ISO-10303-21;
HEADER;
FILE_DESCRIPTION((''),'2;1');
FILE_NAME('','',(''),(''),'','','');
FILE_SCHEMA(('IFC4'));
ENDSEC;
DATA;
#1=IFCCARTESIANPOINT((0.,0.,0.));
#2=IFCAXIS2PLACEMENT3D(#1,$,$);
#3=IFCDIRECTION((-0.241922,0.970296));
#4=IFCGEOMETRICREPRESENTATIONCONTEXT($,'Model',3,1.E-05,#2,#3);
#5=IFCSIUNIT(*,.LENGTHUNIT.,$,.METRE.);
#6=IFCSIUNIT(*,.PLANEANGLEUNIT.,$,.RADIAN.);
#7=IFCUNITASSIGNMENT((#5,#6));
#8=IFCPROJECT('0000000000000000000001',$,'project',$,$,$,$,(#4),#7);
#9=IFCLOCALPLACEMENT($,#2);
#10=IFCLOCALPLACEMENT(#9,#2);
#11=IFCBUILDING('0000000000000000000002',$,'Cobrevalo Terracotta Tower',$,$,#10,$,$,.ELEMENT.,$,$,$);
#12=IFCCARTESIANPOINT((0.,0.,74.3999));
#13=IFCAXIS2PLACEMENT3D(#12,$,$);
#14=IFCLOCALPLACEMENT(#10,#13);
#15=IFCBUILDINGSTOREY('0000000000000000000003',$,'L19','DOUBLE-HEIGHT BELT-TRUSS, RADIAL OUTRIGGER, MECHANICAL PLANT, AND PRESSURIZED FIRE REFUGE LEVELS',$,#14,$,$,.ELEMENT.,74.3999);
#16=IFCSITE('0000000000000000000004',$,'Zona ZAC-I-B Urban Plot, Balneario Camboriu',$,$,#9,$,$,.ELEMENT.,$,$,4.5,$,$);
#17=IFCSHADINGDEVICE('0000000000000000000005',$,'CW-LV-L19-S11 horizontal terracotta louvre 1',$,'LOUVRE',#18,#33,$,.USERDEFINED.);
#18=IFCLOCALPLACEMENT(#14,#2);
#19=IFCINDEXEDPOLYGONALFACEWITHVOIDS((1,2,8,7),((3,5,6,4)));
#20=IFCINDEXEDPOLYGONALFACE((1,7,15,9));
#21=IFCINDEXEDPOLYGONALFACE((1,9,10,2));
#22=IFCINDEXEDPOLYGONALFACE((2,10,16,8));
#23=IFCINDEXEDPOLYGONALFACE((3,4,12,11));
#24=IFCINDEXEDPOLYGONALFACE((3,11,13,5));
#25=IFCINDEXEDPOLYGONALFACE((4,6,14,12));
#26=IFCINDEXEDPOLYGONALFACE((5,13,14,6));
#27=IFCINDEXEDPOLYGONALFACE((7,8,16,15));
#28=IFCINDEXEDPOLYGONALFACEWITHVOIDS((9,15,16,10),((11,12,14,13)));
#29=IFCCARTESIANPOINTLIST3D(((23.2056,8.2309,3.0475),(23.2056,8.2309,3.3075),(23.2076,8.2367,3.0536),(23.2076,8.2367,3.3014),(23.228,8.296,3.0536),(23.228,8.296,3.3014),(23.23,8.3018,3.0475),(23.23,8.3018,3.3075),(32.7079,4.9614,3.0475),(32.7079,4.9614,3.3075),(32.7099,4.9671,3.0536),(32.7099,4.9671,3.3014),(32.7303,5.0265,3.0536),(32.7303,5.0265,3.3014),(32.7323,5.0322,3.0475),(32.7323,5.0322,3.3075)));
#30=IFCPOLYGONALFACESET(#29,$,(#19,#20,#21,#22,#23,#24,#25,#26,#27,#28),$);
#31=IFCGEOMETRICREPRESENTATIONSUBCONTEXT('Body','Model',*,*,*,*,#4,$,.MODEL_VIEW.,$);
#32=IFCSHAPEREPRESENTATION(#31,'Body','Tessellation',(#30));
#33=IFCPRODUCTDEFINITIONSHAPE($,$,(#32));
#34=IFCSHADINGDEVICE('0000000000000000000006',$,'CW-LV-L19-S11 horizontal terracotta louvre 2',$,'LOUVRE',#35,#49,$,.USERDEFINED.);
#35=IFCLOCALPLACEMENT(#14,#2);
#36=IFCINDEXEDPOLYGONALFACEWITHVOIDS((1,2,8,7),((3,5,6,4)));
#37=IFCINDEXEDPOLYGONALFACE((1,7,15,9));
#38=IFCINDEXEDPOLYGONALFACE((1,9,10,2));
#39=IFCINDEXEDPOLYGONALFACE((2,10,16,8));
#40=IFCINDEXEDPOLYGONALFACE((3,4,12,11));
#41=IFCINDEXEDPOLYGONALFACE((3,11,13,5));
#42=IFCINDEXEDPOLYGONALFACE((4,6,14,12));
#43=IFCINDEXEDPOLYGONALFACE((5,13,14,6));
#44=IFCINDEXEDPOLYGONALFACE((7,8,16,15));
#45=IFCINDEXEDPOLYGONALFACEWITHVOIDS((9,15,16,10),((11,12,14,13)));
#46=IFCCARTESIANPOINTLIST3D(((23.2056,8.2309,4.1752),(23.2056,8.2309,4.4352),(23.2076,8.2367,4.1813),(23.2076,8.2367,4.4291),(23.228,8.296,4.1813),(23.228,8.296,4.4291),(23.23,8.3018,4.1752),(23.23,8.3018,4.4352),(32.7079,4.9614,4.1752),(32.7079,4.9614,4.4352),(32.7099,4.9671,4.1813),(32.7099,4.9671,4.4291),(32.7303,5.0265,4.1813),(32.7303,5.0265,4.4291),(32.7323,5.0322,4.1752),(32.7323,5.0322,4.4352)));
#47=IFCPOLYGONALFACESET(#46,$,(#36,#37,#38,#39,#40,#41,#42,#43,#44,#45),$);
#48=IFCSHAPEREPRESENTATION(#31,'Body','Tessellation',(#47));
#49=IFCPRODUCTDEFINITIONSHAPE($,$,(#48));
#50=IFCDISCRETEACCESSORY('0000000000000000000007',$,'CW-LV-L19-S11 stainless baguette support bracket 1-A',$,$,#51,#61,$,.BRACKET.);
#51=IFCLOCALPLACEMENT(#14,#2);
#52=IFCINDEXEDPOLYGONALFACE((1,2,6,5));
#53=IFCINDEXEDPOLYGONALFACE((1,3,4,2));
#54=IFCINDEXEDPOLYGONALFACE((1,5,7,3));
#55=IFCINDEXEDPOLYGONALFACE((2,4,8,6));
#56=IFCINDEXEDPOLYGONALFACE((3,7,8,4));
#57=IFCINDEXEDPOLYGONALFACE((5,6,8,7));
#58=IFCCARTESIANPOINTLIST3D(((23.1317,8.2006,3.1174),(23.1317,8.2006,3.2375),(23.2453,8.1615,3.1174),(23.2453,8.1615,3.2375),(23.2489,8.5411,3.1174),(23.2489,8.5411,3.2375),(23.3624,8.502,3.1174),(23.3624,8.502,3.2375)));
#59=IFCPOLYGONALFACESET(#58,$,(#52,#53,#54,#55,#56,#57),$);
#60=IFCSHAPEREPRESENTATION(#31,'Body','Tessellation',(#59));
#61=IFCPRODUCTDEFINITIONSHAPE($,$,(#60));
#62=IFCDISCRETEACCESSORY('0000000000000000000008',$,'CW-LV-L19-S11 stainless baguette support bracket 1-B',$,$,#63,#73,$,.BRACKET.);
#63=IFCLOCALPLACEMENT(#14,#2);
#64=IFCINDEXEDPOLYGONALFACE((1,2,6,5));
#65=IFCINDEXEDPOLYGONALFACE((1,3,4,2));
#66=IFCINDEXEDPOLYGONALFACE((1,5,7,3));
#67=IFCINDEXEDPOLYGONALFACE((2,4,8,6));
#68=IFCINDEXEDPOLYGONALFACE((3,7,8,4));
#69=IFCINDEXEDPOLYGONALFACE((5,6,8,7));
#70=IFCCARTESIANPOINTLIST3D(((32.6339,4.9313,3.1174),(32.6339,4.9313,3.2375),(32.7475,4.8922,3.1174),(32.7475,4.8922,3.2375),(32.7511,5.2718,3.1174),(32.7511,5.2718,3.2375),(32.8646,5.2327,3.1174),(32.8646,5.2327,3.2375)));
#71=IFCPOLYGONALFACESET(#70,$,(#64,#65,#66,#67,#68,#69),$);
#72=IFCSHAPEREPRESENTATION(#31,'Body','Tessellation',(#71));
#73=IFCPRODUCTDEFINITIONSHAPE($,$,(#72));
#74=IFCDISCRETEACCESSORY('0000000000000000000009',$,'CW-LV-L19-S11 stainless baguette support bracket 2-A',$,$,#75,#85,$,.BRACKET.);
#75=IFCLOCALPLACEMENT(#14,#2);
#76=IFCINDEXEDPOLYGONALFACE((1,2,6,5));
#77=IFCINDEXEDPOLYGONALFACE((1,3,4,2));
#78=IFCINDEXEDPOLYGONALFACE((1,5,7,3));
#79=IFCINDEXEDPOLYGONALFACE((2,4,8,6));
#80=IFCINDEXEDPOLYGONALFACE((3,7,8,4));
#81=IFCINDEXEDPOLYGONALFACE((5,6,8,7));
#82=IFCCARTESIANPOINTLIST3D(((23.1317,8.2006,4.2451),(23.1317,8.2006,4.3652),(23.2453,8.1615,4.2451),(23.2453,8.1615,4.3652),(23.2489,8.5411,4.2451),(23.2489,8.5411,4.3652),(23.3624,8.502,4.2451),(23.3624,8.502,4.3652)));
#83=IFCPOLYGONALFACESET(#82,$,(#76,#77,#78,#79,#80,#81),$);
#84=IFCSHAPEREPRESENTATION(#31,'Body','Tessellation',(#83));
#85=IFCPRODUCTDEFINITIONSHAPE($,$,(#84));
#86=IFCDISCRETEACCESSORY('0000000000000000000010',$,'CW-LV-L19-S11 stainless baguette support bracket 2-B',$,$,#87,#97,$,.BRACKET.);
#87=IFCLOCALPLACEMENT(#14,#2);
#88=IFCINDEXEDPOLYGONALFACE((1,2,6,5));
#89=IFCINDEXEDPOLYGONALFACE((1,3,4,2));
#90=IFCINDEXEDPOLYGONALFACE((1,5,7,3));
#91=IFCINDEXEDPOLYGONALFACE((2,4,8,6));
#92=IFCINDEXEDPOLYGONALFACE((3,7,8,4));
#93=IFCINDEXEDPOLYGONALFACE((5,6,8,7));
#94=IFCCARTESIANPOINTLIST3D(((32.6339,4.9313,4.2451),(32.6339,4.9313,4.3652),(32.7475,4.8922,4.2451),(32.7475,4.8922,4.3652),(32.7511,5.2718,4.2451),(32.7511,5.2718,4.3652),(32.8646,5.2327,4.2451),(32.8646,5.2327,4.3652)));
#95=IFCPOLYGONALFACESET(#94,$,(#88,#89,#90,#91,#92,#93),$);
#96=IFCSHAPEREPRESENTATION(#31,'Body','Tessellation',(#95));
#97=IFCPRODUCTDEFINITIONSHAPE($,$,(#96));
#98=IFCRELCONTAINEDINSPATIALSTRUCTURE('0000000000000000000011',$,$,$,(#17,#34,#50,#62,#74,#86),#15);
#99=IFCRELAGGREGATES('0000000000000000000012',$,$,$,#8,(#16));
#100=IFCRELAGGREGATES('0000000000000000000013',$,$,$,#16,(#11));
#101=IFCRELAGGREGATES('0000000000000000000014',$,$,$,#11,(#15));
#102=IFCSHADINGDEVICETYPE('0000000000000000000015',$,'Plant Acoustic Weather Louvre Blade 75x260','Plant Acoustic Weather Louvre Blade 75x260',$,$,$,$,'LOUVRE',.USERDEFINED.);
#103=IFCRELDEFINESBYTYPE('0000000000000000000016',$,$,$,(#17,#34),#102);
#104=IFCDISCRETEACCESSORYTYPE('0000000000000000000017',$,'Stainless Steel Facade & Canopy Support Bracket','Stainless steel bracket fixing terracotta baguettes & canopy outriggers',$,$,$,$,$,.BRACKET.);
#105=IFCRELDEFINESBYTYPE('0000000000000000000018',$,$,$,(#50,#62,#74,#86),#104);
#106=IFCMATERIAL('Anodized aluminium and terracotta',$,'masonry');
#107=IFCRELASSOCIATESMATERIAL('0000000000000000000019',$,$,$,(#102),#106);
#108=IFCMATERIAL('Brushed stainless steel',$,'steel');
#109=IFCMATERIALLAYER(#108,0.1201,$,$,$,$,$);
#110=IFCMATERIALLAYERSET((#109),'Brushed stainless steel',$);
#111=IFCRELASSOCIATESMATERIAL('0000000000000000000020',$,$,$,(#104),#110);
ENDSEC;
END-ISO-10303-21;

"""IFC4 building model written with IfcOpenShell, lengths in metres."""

from ifc_helpers import new_model, si_unit, direction, frame, origin, origin_2d, place, context, subcontext, project, spatial, rectangle, hollow_rectangle, extrude, source, transform, mapped, material, layer, layer_set, material_profile, profile_set, type_object, element, save


model = new_model("IFC4")

# Units and contexts
model_context = context("Model", 3, precision=1e-05, world=origin(), true_north=direction((-0.241922, 0.970296)))
body_context = subcontext(model_context, "Body", "Model", "MODEL_VIEW")
ifc_project = project(units=[si_unit("LENGTHUNIT", "METRE"), si_unit("PLANEANGLEUNIT", "RADIAN")], contexts=[model_context])

# Site, building, storey
site_placement = place(None, origin())
site = spatial("IfcSite", under=ifc_project, at=site_placement, Name="Zona ZAC-I-B Urban Plot, Balneario Camboriu", CompositionType="ELEMENT", RefElevation=4.5)
building_placement = place(site_placement, origin())
building = spatial("IfcBuilding", under=site, at=building_placement, Name="Cobrevalo Terracotta Tower", CompositionType="ELEMENT")
storey_placement = place(building_placement, frame((0.0, 0.0, 74.3999)))
storey = spatial("IfcBuildingStorey", under=building, at=storey_placement, Name="L19", Description="DOUBLE-HEIGHT BELT-TRUSS, RADIAL OUTRIGGER, MECHANICAL PLANT, AND PRESSURIZED FIRE REFUGE LEVELS", CompositionType="ELEMENT", Elevation=74.3999)

# Shading devices
ifc_material_1 = material(Name="Anodized aluminium and terracotta", Category="masonry")
ifc_material_profile_1 = material_profile(ifc_material_1, hollow_rectangle(XDim=0.075, YDim=0.26, WallThickness=0.0061, at=origin_2d()), Name="LOUVRE BLADE 75x260")
ifc_profile_set_1 = profile_set([ifc_material_profile_1], Name="Anodized aluminium and terracotta")
shading_device_type = type_object("IfcShadingDeviceType", Name="Plant Acoustic Weather Louvre Blade 75x260", Description="Plant Acoustic Weather Louvre Blade 75x260", ElementType="LOUVRE", PredefinedType="USERDEFINED", material=ifc_profile_set_1)
shared_shape_1 = source(origin(), body_context, "Body", "SweptSolid", [
    extrude(hollow_rectangle(XDim=0.075, YDim=0.26, WallThickness=0.0061, at=origin_2d()), origin(), (0.0, 0.0, 1.0), 10.0491),
])
for number, where, z_axis, x_axis, name in (
    (1, (23.2178, 8.2664, 3.1775), (0.94559, -0.32536, 0.0), (0.32536, 0.94559, 0.0), "CW-LV-L19-S11 horizontal terracotta louvre 1"),
    (2, (23.2178, 8.2664, 4.3052), (0.94559, -0.32536, 0.0), (0.32536, 0.94559, 0.0), "CW-LV-L19-S11 horizontal terracotta louvre 2"),
):
    element("IfcShadingDevice", number, at=place(storey_placement, frame(where, z_axis=z_axis, x_axis=x_axis)), inside=storey, type_object=shading_device_type, Name=name, ObjectType="LOUVRE", PredefinedType="USERDEFINED", context=body_context, shape_type="MappedRepresentation", body=[
        mapped(shared_shape_1, transform((0.0, 0.0, 0.0), scale=1.0)),
    ])

# Discrete accessories
ifc_material_2 = material(Name="Brushed stainless steel", Category="steel")
ifc_layer_1 = layer(ifc_material_2, 0.1201)
ifc_layer_set_1 = layer_set([ifc_layer_1], Name="Brushed stainless steel")
discrete_accessory_type = type_object("IfcDiscreteAccessoryType", Name="Stainless Steel Facade & Canopy Support Bracket", Description="Stainless steel bracket fixing terracotta baguettes & canopy outriggers", PredefinedType="BRACKET", material=ifc_layer_set_1)
shared_shape_2 = source(origin(), body_context, "Body", "SweptSolid", [
    extrude(rectangle(XDim=0.1201, YDim=0.3601, at=origin_2d()), origin(), (0.0, 0.0, 1.0), 0.1201),
])
for number, where, z_axis, x_axis, name in (
    (3, (23.2471, 8.3513, 3.1174), (0.0, 0.0, 1.0), (0.945596, -0.325342, 0.0), "CW-LV-L19-S11 stainless baguette support bracket 1-A"),
    (4, (32.7493, 5.082, 3.1174), (0.0, 0.0, 1.0), (0.945596, -0.325342, 0.0), "CW-LV-L19-S11 stainless baguette support bracket 1-B"),
    (5, (23.2471, 8.3513, 4.2451), (0.0, 0.0, 1.0), (0.945596, -0.325342, 0.0), "CW-LV-L19-S11 stainless baguette support bracket 2-A"),
    (6, (32.7493, 5.082, 4.2451), (0.0, 0.0, 1.0), (0.945596, -0.325342, 0.0), "CW-LV-L19-S11 stainless baguette support bracket 2-B"),
):
    element("IfcDiscreteAccessory", number, at=place(storey_placement, frame(where, z_axis=z_axis, x_axis=x_axis)), inside=storey, type_object=discrete_accessory_type, Name=name, PredefinedType="BRACKET", context=body_context, shape_type="MappedRepresentation", body=[
        mapped(shared_shape_2, transform((0.0, 0.0, 0.0), scale=1.0)),
    ])

save(model, "model.ifc")
